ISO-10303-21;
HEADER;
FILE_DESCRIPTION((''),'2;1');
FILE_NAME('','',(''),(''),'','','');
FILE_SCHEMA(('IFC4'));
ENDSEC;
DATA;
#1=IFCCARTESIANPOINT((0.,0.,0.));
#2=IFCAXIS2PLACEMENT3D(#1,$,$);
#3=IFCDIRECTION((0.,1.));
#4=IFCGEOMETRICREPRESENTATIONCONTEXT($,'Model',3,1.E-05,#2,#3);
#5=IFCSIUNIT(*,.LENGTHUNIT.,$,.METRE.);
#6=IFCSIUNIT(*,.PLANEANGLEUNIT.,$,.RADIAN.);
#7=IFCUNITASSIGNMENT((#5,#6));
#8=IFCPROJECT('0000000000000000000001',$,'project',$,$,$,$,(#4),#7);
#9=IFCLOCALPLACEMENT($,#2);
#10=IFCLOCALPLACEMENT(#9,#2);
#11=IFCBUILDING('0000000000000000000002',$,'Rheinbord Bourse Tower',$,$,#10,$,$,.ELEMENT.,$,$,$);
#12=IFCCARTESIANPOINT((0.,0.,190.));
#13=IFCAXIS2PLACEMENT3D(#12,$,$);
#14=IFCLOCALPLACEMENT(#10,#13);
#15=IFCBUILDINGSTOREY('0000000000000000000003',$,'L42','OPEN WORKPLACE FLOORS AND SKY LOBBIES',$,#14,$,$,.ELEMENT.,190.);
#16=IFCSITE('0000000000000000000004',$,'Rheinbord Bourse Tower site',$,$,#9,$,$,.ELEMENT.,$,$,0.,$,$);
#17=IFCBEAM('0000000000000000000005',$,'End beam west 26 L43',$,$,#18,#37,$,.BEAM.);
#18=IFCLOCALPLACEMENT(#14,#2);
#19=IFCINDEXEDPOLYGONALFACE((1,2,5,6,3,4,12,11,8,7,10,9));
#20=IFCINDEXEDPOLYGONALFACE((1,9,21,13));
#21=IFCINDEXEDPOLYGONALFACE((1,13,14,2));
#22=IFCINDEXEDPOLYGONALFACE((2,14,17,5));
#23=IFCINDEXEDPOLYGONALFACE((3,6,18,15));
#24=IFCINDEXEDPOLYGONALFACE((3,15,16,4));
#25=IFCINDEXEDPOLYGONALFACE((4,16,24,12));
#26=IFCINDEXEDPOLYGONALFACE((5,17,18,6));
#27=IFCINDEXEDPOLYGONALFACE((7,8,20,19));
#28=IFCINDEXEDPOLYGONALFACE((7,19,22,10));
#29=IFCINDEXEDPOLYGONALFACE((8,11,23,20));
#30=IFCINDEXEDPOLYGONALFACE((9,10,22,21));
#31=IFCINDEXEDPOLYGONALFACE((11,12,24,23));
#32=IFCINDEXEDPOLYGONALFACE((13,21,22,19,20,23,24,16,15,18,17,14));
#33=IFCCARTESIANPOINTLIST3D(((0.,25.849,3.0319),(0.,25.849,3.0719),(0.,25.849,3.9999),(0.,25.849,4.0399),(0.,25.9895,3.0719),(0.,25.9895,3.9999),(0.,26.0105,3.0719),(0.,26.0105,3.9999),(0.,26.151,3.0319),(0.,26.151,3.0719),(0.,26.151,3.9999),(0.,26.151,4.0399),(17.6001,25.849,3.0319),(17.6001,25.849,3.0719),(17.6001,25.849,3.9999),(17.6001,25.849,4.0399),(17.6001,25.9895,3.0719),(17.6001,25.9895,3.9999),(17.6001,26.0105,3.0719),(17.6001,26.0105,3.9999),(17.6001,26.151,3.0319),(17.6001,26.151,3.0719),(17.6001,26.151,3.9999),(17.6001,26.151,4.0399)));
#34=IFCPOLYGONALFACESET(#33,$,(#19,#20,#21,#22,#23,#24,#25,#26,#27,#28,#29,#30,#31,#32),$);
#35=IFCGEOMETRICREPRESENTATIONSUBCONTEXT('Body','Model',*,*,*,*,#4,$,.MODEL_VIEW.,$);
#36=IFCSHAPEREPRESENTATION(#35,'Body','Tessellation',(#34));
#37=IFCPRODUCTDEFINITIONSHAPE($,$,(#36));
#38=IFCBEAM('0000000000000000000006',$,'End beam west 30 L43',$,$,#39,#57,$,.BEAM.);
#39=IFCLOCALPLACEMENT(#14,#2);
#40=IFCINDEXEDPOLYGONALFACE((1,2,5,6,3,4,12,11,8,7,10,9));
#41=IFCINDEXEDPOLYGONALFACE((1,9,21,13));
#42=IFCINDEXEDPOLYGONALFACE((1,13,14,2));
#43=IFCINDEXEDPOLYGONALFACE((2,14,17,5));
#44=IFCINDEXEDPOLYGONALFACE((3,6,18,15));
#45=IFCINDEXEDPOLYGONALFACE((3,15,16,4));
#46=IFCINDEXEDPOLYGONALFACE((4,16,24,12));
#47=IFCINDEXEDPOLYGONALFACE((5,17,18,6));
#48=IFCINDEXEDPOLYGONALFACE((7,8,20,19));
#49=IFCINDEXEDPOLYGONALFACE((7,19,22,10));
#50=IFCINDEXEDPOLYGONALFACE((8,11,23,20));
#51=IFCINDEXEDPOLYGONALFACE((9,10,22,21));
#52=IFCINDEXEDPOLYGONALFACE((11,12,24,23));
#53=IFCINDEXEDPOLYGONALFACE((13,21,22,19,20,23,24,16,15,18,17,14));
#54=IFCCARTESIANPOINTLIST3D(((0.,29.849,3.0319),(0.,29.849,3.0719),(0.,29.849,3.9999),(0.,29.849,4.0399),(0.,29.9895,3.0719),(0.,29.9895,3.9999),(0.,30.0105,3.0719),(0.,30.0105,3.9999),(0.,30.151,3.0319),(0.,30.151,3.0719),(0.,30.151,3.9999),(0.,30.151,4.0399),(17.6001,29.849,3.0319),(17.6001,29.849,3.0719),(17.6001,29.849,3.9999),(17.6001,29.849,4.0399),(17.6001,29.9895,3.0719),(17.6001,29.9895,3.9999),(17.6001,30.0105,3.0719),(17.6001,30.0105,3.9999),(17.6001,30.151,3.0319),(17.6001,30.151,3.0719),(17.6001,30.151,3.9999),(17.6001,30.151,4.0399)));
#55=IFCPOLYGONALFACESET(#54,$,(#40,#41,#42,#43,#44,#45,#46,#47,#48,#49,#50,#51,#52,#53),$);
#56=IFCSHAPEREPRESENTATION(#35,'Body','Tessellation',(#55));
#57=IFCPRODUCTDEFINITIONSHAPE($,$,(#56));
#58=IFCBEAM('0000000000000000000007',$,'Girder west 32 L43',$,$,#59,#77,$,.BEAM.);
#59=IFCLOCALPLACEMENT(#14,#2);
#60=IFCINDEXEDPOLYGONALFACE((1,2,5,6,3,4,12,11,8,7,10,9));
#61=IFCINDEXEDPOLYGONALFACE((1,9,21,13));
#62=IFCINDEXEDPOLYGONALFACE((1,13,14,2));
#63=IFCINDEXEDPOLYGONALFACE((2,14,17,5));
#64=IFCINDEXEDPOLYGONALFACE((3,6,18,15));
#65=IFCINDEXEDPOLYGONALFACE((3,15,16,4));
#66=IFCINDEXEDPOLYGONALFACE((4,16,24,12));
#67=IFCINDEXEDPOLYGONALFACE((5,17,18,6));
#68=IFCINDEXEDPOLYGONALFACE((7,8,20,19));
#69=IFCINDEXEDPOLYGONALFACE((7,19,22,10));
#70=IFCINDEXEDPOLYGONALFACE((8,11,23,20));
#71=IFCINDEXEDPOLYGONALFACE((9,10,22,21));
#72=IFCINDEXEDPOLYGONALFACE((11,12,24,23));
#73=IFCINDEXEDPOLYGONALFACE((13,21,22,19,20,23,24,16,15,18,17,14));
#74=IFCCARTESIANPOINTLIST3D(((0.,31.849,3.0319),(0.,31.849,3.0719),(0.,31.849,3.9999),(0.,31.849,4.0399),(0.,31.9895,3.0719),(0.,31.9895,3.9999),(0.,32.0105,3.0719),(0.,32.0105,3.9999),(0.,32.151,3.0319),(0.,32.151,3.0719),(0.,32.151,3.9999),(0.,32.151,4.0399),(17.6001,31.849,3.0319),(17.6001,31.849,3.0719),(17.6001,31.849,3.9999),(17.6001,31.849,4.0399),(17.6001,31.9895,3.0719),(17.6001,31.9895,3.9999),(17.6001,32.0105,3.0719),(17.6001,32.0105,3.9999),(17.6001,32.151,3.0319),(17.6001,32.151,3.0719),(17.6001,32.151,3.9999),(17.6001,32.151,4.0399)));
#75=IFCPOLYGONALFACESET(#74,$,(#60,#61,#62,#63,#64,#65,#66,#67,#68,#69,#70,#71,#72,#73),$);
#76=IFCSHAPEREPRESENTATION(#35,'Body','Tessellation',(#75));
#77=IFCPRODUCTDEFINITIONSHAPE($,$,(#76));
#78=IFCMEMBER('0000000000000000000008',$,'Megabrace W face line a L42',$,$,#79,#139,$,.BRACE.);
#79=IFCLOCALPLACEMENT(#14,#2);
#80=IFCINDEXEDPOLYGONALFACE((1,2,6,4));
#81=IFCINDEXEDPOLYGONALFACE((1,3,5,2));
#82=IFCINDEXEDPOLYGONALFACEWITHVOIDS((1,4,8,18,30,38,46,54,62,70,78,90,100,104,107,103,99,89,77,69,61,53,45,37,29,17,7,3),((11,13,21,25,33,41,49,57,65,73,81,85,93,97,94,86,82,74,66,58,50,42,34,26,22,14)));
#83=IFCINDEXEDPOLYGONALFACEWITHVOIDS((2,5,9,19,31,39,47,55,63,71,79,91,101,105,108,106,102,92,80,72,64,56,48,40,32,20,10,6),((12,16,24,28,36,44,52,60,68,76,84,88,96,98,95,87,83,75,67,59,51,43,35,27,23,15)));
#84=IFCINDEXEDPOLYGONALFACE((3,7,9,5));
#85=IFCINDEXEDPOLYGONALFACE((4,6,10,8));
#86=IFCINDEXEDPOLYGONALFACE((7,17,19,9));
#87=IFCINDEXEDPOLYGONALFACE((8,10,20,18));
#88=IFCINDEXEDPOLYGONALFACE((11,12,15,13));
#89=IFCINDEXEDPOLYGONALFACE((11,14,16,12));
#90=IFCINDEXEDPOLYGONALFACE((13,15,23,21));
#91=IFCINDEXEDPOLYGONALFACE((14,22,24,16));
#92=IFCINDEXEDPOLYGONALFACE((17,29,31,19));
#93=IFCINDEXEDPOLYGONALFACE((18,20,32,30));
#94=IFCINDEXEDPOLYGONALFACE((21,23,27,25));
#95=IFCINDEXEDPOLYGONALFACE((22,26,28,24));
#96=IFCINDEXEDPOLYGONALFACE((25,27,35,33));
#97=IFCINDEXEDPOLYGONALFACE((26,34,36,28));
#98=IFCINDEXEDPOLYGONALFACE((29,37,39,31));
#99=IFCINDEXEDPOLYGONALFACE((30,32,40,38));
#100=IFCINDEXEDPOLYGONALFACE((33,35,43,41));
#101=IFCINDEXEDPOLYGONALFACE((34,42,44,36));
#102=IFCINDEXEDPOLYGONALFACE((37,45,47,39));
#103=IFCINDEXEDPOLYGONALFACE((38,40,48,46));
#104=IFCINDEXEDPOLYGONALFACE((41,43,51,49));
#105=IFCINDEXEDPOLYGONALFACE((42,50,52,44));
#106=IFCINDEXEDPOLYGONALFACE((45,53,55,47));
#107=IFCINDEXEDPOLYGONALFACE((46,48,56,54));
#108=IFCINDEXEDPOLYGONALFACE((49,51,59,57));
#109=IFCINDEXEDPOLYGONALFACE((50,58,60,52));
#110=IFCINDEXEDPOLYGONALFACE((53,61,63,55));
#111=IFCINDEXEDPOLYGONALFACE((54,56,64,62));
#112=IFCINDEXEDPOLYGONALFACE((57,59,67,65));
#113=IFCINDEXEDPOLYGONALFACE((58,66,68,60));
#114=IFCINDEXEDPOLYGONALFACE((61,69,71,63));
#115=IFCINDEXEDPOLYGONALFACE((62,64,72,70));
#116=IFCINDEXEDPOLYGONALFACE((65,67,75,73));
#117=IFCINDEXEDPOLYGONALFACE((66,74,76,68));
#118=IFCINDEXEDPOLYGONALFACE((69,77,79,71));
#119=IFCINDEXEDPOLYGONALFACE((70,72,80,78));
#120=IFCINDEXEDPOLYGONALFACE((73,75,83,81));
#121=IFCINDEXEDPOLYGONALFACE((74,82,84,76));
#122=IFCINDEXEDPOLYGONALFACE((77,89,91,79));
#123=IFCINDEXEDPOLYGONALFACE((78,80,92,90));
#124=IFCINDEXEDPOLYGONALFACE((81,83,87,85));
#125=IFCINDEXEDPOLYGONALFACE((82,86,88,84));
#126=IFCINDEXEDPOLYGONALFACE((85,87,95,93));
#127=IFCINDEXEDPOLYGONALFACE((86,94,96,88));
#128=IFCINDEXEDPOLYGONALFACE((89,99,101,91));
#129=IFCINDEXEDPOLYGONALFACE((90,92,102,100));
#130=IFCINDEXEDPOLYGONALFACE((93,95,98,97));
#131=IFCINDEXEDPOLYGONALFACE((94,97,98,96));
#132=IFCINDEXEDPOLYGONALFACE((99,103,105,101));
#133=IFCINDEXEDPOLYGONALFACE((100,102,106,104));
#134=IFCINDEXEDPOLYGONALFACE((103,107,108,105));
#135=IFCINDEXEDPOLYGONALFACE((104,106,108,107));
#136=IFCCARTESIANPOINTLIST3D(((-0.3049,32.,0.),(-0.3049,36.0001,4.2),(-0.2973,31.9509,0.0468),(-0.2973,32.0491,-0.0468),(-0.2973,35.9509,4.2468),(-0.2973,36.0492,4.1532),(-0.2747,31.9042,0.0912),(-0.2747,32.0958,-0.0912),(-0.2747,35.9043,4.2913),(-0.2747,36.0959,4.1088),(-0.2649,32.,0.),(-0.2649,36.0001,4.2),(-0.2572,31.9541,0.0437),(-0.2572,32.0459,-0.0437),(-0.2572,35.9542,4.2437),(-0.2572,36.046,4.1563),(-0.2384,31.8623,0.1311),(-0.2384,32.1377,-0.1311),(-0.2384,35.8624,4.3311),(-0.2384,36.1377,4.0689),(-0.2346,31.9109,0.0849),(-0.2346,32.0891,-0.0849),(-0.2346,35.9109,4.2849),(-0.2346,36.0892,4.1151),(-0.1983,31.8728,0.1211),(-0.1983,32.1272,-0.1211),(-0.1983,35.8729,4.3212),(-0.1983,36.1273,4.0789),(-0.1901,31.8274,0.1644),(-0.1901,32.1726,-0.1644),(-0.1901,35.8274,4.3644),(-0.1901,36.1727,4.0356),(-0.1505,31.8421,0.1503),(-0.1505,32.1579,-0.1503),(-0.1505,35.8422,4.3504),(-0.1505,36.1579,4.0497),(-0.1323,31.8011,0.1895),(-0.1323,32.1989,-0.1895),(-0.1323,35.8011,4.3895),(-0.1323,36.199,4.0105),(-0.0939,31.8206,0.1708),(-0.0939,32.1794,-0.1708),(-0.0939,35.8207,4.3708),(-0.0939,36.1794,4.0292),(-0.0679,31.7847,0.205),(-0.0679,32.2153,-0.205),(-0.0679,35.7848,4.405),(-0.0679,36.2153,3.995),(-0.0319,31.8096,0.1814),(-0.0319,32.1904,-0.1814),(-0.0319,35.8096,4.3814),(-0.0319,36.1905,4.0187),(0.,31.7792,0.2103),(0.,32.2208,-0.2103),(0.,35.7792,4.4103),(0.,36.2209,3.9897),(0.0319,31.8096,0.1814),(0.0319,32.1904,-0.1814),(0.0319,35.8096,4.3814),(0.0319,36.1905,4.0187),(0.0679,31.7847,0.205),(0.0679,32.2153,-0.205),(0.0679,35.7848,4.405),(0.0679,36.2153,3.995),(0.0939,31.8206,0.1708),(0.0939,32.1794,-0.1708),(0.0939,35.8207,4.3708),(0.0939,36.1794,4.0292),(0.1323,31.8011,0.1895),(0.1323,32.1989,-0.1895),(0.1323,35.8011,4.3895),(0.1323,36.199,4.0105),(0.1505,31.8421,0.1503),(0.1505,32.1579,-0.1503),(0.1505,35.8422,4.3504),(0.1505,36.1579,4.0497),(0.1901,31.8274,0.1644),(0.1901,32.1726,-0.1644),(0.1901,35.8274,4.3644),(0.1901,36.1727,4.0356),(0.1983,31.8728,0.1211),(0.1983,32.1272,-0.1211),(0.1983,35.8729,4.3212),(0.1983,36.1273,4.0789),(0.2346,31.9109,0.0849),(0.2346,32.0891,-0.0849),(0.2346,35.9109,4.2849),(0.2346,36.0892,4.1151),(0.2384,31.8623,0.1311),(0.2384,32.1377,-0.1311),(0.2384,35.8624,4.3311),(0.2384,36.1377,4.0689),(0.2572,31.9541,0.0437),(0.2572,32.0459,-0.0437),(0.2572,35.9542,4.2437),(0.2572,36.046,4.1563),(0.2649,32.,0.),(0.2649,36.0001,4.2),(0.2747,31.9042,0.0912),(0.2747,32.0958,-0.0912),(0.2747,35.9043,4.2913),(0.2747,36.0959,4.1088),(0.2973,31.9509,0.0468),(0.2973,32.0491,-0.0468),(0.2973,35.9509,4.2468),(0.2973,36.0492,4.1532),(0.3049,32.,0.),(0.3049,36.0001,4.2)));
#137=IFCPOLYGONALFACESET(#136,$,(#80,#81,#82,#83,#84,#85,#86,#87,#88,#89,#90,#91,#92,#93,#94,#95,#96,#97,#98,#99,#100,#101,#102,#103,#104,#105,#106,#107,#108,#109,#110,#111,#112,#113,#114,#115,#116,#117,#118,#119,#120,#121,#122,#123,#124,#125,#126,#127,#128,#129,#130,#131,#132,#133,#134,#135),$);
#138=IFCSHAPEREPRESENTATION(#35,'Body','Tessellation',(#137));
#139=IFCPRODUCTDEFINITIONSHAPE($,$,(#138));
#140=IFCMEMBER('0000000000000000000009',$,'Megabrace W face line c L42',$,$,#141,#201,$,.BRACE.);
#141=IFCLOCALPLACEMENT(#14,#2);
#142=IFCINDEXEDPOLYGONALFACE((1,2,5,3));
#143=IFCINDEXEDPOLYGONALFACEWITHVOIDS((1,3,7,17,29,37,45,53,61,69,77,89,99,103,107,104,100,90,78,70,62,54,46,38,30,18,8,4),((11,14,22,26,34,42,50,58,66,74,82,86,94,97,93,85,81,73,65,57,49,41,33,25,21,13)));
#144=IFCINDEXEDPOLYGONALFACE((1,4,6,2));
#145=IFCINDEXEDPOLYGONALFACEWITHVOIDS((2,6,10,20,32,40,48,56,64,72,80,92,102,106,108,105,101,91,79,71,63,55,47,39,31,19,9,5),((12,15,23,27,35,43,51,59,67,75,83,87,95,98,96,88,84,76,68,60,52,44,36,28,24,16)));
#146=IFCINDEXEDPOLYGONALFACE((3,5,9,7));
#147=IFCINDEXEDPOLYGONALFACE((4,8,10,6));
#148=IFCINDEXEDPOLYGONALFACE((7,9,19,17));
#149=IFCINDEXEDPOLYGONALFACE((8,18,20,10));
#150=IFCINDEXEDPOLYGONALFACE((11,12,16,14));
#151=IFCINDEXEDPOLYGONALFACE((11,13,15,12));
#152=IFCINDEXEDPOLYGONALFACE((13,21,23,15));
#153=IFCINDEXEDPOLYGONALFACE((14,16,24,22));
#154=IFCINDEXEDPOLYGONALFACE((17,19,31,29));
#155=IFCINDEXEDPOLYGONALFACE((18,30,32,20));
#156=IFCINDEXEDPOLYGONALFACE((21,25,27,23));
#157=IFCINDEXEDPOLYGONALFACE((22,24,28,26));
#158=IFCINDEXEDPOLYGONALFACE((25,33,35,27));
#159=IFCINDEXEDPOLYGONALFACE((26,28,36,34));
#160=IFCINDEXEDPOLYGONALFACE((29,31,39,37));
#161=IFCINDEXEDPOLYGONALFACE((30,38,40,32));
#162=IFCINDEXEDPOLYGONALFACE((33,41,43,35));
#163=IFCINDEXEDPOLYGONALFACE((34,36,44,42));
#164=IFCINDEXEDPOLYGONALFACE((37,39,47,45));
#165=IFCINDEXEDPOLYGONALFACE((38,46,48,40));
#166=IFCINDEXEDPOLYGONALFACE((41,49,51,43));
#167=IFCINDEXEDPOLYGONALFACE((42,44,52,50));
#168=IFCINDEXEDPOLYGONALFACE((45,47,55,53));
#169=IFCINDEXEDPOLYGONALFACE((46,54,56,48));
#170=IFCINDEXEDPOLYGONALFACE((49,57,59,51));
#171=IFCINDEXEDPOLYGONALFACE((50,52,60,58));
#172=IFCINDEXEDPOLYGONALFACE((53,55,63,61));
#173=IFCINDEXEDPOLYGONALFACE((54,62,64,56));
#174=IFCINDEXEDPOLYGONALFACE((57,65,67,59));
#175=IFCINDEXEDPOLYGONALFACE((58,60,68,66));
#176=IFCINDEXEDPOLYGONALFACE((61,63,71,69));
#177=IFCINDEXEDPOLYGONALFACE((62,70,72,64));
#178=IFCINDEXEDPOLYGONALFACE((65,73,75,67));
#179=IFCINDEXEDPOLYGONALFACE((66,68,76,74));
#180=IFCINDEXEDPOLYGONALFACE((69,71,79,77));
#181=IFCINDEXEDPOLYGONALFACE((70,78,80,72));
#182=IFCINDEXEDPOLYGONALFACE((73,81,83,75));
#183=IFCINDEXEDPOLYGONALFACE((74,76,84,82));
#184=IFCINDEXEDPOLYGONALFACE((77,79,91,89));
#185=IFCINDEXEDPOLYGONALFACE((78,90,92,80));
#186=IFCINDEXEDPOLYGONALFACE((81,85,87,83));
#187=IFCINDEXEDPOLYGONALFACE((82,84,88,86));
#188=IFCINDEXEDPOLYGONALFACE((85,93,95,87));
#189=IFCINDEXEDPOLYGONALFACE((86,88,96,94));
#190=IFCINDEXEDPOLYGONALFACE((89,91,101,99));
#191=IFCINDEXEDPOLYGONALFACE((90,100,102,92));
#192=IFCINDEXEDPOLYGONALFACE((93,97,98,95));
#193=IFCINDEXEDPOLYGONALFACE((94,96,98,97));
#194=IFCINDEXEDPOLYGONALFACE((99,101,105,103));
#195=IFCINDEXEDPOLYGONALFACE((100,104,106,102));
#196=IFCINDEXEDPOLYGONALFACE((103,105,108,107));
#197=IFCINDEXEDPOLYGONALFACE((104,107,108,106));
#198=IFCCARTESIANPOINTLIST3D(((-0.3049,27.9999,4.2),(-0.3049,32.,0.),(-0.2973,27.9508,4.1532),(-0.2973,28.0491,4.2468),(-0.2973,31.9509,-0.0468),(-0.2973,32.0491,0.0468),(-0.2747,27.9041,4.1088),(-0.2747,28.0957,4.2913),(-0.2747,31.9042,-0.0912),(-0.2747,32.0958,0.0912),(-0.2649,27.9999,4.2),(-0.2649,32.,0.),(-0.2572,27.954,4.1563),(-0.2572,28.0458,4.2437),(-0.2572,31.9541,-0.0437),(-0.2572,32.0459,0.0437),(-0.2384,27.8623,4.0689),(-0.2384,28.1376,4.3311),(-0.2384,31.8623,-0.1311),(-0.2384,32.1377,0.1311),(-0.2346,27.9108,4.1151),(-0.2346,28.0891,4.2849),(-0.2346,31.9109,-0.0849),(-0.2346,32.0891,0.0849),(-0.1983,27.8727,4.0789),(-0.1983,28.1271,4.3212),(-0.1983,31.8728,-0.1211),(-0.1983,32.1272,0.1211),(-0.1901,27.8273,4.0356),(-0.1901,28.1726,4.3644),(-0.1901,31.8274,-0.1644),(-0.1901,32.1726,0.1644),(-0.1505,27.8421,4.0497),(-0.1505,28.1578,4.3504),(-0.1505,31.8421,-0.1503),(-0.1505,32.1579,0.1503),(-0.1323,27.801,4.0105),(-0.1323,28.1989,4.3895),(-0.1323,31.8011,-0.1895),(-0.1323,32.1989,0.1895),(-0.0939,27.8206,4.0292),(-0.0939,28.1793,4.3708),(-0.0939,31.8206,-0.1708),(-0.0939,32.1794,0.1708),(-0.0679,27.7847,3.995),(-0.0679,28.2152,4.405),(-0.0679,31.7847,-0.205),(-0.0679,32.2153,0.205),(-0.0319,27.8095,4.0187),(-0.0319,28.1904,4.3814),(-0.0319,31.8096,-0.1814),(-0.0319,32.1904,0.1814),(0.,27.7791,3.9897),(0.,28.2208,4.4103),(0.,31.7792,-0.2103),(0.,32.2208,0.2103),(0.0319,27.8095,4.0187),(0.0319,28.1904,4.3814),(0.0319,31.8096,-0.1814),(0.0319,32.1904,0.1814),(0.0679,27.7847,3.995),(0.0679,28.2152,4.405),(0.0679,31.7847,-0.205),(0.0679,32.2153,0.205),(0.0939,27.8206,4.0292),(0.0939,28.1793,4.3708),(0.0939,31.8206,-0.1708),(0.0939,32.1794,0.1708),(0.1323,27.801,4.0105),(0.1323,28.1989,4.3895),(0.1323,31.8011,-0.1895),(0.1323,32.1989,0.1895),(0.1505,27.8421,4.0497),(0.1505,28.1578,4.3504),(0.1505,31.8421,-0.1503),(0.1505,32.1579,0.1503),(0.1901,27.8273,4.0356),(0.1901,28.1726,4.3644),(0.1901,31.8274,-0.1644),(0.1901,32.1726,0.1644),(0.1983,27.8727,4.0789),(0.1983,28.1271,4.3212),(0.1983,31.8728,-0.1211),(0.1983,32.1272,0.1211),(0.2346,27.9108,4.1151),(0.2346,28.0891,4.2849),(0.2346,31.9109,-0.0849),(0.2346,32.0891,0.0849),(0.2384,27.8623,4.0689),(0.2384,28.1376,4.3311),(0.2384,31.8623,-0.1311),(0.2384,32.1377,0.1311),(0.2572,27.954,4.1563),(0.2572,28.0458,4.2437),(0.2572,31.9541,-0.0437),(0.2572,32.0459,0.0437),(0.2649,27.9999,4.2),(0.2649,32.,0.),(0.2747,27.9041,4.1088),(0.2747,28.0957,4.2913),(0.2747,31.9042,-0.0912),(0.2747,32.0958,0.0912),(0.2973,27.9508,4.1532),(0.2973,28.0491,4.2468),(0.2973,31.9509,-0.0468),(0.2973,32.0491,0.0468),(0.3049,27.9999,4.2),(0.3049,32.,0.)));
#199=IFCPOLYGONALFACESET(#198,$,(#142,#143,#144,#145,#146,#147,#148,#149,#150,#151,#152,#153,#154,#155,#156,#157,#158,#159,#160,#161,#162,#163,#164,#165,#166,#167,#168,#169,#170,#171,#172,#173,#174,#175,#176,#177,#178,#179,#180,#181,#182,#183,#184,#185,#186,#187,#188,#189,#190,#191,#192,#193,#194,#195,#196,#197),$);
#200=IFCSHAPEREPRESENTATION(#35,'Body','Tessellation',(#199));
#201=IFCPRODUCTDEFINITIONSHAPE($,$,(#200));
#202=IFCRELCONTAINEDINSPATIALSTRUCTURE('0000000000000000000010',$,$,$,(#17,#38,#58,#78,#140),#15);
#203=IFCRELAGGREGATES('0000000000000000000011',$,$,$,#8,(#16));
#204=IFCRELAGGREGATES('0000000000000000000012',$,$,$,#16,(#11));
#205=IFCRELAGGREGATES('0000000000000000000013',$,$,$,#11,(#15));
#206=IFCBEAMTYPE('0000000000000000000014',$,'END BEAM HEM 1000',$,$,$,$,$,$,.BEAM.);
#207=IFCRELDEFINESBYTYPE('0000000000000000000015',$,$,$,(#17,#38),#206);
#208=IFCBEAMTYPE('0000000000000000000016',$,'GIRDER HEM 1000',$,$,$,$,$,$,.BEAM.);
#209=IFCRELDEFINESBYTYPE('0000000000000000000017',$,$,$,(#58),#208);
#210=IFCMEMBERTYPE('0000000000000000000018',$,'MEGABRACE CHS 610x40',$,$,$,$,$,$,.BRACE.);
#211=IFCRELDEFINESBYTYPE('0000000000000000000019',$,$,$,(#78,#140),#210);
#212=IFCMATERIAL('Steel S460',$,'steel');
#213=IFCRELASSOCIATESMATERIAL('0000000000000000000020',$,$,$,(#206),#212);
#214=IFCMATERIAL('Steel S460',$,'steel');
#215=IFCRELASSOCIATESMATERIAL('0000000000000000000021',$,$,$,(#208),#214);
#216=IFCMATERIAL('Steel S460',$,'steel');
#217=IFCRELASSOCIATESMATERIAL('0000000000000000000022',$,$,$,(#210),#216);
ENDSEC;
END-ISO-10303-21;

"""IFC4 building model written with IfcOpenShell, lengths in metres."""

from ifc_helpers import new_model, si_unit, direction, frame, origin, origin_2d, place, context, subcontext, project, spatial, hollow_circle, i_section, extrude, material, material_profile, profile_set, type_object, element, save


model = new_model("IFC4")

# Units and contexts
model_context = context("Model", 3, precision=1e-05, world=origin(), true_north=direction((0.0, 1.0)))
body_context = subcontext(model_context, "Body", "Model", "MODEL_VIEW")
ifc_project = project(units=[si_unit("LENGTHUNIT", "METRE"), si_unit("PLANEANGLEUNIT", "RADIAN")], contexts=[model_context])

# Site, building, storey
site_placement = place(None, origin())
site = spatial("IfcSite", under=ifc_project, at=site_placement, Name="Rheinbord Bourse Tower site", CompositionType="ELEMENT", RefElevation=0.0)
building_placement = place(site_placement, origin())
building = spatial("IfcBuilding", under=site, at=building_placement, Name="Rheinbord Bourse Tower", CompositionType="ELEMENT")
storey_placement = place(building_placement, frame((0.0, 0.0, 190.0)))
storey = spatial("IfcBuildingStorey", under=building, at=storey_placement, Name="L42", Description="OPEN WORKPLACE FLOORS AND SKY LOBBIES", CompositionType="ELEMENT", Elevation=190.0)

# Beams
ifc_material_1 = material(Name="Steel S460", Category="steel")
ifc_material_profile_1 = material_profile(ifc_material_1, i_section(OverallWidth=0.302, OverallDepth=1.0081, WebThickness=0.021, FlangeThickness=0.04, at=origin_2d()), Name="HEM 1000")
ifc_profile_set_1 = profile_set([ifc_material_profile_1], Name="Steel S460")
beam_type_1 = type_object("IfcBeamType", Name="END BEAM HEM 1000", PredefinedType="BEAM", material=ifc_profile_set_1)
for number, where, z_axis, x_axis, name in (
    (1, (0.0, 26.0, 3.5359), (1.0, 0.0, 0.0), (0.0, 1.0, 0.0), "End beam west 26 L43"),
    (2, (0.0, 30.0, 3.5359), (1.0, 0.0, 0.0), (0.0, 1.0, 0.0), "End beam west 30 L43"),
):
    element("IfcBeam", number, at=place(storey_placement, frame(where, z_axis=z_axis, x_axis=x_axis)), inside=storey, type_object=beam_type_1, Name=name, PredefinedType="BEAM", context=body_context, shape_type="SweptSolid", body=[
        extrude(i_section(OverallWidth=0.302, OverallDepth=1.0081, WebThickness=0.021, FlangeThickness=0.04, at=origin_2d()), origin(), (0.0, 0.0, 1.0), 17.6001),
    ])
ifc_material_2 = material(Name="Steel S460", Category="steel")
ifc_material_profile_2 = material_profile(ifc_material_2, i_section(OverallWidth=0.302, OverallDepth=1.0081, WebThickness=0.021, FlangeThickness=0.04, at=origin_2d()), Name="HEM 1000")
ifc_profile_set_2 = profile_set([ifc_material_profile_2], Name="Steel S460")
beam_type_2 = type_object("IfcBeamType", Name="GIRDER HEM 1000", PredefinedType="BEAM", material=ifc_profile_set_2)
beam_placement = place(storey_placement, frame((0.0, 32.0, 3.5359), z_axis=(1.0, 0.0, 0.0), x_axis=(0.0, 1.0, 0.0)))
element("IfcBeam", 3, at=beam_placement, inside=storey, type_object=beam_type_2, Name="Girder west 32 L43", PredefinedType="BEAM", context=body_context, shape_type="SweptSolid", body=[
    extrude(i_section(OverallWidth=0.302, OverallDepth=1.0081, WebThickness=0.021, FlangeThickness=0.04, at=origin_2d()), origin(), (0.0, 0.0, 1.0), 17.6001),
])

# Members
ifc_material_3 = material(Name="Steel S460", Category="steel")
ifc_material_profile_3 = material_profile(ifc_material_3, hollow_circle(Radius=0.3049, WallThickness=0.04, at=origin_2d()), Name="CHS 610x40")
ifc_profile_set_3 = profile_set([ifc_material_profile_3], Name="Steel S460")
member_type_1 = type_object("IfcMemberType", Name="MEGABRACE CHS 610x40", PredefinedType="BRACE", material=ifc_profile_set_3)
for number, where, z_axis, x_axis, name in (
    (4, (0.0, 32.0, 0.0), (0.0, 0.689659, 0.724134), (-1.0, 0.0, 0.0), "Megabrace W face line a L42"),
    (5, (0.0, 32.0, 0.0), (0.0, -0.689659, 0.724134), (1.0, 0.0, 0.0), "Megabrace W face line c L42"),
):
    element("IfcMember", number, at=place(storey_placement, frame(where, z_axis=z_axis, x_axis=x_axis)), inside=storey, type_object=member_type_1, Name=name, PredefinedType="BRACE", context=body_context, shape_type="SweptSolid", body=[
        extrude(hollow_circle(Radius=0.3049, WallThickness=0.04, at=origin_2d()), origin(), (0.0, 0.0, 1.0), 5.8),
    ])

save(model, "model.ifc")
